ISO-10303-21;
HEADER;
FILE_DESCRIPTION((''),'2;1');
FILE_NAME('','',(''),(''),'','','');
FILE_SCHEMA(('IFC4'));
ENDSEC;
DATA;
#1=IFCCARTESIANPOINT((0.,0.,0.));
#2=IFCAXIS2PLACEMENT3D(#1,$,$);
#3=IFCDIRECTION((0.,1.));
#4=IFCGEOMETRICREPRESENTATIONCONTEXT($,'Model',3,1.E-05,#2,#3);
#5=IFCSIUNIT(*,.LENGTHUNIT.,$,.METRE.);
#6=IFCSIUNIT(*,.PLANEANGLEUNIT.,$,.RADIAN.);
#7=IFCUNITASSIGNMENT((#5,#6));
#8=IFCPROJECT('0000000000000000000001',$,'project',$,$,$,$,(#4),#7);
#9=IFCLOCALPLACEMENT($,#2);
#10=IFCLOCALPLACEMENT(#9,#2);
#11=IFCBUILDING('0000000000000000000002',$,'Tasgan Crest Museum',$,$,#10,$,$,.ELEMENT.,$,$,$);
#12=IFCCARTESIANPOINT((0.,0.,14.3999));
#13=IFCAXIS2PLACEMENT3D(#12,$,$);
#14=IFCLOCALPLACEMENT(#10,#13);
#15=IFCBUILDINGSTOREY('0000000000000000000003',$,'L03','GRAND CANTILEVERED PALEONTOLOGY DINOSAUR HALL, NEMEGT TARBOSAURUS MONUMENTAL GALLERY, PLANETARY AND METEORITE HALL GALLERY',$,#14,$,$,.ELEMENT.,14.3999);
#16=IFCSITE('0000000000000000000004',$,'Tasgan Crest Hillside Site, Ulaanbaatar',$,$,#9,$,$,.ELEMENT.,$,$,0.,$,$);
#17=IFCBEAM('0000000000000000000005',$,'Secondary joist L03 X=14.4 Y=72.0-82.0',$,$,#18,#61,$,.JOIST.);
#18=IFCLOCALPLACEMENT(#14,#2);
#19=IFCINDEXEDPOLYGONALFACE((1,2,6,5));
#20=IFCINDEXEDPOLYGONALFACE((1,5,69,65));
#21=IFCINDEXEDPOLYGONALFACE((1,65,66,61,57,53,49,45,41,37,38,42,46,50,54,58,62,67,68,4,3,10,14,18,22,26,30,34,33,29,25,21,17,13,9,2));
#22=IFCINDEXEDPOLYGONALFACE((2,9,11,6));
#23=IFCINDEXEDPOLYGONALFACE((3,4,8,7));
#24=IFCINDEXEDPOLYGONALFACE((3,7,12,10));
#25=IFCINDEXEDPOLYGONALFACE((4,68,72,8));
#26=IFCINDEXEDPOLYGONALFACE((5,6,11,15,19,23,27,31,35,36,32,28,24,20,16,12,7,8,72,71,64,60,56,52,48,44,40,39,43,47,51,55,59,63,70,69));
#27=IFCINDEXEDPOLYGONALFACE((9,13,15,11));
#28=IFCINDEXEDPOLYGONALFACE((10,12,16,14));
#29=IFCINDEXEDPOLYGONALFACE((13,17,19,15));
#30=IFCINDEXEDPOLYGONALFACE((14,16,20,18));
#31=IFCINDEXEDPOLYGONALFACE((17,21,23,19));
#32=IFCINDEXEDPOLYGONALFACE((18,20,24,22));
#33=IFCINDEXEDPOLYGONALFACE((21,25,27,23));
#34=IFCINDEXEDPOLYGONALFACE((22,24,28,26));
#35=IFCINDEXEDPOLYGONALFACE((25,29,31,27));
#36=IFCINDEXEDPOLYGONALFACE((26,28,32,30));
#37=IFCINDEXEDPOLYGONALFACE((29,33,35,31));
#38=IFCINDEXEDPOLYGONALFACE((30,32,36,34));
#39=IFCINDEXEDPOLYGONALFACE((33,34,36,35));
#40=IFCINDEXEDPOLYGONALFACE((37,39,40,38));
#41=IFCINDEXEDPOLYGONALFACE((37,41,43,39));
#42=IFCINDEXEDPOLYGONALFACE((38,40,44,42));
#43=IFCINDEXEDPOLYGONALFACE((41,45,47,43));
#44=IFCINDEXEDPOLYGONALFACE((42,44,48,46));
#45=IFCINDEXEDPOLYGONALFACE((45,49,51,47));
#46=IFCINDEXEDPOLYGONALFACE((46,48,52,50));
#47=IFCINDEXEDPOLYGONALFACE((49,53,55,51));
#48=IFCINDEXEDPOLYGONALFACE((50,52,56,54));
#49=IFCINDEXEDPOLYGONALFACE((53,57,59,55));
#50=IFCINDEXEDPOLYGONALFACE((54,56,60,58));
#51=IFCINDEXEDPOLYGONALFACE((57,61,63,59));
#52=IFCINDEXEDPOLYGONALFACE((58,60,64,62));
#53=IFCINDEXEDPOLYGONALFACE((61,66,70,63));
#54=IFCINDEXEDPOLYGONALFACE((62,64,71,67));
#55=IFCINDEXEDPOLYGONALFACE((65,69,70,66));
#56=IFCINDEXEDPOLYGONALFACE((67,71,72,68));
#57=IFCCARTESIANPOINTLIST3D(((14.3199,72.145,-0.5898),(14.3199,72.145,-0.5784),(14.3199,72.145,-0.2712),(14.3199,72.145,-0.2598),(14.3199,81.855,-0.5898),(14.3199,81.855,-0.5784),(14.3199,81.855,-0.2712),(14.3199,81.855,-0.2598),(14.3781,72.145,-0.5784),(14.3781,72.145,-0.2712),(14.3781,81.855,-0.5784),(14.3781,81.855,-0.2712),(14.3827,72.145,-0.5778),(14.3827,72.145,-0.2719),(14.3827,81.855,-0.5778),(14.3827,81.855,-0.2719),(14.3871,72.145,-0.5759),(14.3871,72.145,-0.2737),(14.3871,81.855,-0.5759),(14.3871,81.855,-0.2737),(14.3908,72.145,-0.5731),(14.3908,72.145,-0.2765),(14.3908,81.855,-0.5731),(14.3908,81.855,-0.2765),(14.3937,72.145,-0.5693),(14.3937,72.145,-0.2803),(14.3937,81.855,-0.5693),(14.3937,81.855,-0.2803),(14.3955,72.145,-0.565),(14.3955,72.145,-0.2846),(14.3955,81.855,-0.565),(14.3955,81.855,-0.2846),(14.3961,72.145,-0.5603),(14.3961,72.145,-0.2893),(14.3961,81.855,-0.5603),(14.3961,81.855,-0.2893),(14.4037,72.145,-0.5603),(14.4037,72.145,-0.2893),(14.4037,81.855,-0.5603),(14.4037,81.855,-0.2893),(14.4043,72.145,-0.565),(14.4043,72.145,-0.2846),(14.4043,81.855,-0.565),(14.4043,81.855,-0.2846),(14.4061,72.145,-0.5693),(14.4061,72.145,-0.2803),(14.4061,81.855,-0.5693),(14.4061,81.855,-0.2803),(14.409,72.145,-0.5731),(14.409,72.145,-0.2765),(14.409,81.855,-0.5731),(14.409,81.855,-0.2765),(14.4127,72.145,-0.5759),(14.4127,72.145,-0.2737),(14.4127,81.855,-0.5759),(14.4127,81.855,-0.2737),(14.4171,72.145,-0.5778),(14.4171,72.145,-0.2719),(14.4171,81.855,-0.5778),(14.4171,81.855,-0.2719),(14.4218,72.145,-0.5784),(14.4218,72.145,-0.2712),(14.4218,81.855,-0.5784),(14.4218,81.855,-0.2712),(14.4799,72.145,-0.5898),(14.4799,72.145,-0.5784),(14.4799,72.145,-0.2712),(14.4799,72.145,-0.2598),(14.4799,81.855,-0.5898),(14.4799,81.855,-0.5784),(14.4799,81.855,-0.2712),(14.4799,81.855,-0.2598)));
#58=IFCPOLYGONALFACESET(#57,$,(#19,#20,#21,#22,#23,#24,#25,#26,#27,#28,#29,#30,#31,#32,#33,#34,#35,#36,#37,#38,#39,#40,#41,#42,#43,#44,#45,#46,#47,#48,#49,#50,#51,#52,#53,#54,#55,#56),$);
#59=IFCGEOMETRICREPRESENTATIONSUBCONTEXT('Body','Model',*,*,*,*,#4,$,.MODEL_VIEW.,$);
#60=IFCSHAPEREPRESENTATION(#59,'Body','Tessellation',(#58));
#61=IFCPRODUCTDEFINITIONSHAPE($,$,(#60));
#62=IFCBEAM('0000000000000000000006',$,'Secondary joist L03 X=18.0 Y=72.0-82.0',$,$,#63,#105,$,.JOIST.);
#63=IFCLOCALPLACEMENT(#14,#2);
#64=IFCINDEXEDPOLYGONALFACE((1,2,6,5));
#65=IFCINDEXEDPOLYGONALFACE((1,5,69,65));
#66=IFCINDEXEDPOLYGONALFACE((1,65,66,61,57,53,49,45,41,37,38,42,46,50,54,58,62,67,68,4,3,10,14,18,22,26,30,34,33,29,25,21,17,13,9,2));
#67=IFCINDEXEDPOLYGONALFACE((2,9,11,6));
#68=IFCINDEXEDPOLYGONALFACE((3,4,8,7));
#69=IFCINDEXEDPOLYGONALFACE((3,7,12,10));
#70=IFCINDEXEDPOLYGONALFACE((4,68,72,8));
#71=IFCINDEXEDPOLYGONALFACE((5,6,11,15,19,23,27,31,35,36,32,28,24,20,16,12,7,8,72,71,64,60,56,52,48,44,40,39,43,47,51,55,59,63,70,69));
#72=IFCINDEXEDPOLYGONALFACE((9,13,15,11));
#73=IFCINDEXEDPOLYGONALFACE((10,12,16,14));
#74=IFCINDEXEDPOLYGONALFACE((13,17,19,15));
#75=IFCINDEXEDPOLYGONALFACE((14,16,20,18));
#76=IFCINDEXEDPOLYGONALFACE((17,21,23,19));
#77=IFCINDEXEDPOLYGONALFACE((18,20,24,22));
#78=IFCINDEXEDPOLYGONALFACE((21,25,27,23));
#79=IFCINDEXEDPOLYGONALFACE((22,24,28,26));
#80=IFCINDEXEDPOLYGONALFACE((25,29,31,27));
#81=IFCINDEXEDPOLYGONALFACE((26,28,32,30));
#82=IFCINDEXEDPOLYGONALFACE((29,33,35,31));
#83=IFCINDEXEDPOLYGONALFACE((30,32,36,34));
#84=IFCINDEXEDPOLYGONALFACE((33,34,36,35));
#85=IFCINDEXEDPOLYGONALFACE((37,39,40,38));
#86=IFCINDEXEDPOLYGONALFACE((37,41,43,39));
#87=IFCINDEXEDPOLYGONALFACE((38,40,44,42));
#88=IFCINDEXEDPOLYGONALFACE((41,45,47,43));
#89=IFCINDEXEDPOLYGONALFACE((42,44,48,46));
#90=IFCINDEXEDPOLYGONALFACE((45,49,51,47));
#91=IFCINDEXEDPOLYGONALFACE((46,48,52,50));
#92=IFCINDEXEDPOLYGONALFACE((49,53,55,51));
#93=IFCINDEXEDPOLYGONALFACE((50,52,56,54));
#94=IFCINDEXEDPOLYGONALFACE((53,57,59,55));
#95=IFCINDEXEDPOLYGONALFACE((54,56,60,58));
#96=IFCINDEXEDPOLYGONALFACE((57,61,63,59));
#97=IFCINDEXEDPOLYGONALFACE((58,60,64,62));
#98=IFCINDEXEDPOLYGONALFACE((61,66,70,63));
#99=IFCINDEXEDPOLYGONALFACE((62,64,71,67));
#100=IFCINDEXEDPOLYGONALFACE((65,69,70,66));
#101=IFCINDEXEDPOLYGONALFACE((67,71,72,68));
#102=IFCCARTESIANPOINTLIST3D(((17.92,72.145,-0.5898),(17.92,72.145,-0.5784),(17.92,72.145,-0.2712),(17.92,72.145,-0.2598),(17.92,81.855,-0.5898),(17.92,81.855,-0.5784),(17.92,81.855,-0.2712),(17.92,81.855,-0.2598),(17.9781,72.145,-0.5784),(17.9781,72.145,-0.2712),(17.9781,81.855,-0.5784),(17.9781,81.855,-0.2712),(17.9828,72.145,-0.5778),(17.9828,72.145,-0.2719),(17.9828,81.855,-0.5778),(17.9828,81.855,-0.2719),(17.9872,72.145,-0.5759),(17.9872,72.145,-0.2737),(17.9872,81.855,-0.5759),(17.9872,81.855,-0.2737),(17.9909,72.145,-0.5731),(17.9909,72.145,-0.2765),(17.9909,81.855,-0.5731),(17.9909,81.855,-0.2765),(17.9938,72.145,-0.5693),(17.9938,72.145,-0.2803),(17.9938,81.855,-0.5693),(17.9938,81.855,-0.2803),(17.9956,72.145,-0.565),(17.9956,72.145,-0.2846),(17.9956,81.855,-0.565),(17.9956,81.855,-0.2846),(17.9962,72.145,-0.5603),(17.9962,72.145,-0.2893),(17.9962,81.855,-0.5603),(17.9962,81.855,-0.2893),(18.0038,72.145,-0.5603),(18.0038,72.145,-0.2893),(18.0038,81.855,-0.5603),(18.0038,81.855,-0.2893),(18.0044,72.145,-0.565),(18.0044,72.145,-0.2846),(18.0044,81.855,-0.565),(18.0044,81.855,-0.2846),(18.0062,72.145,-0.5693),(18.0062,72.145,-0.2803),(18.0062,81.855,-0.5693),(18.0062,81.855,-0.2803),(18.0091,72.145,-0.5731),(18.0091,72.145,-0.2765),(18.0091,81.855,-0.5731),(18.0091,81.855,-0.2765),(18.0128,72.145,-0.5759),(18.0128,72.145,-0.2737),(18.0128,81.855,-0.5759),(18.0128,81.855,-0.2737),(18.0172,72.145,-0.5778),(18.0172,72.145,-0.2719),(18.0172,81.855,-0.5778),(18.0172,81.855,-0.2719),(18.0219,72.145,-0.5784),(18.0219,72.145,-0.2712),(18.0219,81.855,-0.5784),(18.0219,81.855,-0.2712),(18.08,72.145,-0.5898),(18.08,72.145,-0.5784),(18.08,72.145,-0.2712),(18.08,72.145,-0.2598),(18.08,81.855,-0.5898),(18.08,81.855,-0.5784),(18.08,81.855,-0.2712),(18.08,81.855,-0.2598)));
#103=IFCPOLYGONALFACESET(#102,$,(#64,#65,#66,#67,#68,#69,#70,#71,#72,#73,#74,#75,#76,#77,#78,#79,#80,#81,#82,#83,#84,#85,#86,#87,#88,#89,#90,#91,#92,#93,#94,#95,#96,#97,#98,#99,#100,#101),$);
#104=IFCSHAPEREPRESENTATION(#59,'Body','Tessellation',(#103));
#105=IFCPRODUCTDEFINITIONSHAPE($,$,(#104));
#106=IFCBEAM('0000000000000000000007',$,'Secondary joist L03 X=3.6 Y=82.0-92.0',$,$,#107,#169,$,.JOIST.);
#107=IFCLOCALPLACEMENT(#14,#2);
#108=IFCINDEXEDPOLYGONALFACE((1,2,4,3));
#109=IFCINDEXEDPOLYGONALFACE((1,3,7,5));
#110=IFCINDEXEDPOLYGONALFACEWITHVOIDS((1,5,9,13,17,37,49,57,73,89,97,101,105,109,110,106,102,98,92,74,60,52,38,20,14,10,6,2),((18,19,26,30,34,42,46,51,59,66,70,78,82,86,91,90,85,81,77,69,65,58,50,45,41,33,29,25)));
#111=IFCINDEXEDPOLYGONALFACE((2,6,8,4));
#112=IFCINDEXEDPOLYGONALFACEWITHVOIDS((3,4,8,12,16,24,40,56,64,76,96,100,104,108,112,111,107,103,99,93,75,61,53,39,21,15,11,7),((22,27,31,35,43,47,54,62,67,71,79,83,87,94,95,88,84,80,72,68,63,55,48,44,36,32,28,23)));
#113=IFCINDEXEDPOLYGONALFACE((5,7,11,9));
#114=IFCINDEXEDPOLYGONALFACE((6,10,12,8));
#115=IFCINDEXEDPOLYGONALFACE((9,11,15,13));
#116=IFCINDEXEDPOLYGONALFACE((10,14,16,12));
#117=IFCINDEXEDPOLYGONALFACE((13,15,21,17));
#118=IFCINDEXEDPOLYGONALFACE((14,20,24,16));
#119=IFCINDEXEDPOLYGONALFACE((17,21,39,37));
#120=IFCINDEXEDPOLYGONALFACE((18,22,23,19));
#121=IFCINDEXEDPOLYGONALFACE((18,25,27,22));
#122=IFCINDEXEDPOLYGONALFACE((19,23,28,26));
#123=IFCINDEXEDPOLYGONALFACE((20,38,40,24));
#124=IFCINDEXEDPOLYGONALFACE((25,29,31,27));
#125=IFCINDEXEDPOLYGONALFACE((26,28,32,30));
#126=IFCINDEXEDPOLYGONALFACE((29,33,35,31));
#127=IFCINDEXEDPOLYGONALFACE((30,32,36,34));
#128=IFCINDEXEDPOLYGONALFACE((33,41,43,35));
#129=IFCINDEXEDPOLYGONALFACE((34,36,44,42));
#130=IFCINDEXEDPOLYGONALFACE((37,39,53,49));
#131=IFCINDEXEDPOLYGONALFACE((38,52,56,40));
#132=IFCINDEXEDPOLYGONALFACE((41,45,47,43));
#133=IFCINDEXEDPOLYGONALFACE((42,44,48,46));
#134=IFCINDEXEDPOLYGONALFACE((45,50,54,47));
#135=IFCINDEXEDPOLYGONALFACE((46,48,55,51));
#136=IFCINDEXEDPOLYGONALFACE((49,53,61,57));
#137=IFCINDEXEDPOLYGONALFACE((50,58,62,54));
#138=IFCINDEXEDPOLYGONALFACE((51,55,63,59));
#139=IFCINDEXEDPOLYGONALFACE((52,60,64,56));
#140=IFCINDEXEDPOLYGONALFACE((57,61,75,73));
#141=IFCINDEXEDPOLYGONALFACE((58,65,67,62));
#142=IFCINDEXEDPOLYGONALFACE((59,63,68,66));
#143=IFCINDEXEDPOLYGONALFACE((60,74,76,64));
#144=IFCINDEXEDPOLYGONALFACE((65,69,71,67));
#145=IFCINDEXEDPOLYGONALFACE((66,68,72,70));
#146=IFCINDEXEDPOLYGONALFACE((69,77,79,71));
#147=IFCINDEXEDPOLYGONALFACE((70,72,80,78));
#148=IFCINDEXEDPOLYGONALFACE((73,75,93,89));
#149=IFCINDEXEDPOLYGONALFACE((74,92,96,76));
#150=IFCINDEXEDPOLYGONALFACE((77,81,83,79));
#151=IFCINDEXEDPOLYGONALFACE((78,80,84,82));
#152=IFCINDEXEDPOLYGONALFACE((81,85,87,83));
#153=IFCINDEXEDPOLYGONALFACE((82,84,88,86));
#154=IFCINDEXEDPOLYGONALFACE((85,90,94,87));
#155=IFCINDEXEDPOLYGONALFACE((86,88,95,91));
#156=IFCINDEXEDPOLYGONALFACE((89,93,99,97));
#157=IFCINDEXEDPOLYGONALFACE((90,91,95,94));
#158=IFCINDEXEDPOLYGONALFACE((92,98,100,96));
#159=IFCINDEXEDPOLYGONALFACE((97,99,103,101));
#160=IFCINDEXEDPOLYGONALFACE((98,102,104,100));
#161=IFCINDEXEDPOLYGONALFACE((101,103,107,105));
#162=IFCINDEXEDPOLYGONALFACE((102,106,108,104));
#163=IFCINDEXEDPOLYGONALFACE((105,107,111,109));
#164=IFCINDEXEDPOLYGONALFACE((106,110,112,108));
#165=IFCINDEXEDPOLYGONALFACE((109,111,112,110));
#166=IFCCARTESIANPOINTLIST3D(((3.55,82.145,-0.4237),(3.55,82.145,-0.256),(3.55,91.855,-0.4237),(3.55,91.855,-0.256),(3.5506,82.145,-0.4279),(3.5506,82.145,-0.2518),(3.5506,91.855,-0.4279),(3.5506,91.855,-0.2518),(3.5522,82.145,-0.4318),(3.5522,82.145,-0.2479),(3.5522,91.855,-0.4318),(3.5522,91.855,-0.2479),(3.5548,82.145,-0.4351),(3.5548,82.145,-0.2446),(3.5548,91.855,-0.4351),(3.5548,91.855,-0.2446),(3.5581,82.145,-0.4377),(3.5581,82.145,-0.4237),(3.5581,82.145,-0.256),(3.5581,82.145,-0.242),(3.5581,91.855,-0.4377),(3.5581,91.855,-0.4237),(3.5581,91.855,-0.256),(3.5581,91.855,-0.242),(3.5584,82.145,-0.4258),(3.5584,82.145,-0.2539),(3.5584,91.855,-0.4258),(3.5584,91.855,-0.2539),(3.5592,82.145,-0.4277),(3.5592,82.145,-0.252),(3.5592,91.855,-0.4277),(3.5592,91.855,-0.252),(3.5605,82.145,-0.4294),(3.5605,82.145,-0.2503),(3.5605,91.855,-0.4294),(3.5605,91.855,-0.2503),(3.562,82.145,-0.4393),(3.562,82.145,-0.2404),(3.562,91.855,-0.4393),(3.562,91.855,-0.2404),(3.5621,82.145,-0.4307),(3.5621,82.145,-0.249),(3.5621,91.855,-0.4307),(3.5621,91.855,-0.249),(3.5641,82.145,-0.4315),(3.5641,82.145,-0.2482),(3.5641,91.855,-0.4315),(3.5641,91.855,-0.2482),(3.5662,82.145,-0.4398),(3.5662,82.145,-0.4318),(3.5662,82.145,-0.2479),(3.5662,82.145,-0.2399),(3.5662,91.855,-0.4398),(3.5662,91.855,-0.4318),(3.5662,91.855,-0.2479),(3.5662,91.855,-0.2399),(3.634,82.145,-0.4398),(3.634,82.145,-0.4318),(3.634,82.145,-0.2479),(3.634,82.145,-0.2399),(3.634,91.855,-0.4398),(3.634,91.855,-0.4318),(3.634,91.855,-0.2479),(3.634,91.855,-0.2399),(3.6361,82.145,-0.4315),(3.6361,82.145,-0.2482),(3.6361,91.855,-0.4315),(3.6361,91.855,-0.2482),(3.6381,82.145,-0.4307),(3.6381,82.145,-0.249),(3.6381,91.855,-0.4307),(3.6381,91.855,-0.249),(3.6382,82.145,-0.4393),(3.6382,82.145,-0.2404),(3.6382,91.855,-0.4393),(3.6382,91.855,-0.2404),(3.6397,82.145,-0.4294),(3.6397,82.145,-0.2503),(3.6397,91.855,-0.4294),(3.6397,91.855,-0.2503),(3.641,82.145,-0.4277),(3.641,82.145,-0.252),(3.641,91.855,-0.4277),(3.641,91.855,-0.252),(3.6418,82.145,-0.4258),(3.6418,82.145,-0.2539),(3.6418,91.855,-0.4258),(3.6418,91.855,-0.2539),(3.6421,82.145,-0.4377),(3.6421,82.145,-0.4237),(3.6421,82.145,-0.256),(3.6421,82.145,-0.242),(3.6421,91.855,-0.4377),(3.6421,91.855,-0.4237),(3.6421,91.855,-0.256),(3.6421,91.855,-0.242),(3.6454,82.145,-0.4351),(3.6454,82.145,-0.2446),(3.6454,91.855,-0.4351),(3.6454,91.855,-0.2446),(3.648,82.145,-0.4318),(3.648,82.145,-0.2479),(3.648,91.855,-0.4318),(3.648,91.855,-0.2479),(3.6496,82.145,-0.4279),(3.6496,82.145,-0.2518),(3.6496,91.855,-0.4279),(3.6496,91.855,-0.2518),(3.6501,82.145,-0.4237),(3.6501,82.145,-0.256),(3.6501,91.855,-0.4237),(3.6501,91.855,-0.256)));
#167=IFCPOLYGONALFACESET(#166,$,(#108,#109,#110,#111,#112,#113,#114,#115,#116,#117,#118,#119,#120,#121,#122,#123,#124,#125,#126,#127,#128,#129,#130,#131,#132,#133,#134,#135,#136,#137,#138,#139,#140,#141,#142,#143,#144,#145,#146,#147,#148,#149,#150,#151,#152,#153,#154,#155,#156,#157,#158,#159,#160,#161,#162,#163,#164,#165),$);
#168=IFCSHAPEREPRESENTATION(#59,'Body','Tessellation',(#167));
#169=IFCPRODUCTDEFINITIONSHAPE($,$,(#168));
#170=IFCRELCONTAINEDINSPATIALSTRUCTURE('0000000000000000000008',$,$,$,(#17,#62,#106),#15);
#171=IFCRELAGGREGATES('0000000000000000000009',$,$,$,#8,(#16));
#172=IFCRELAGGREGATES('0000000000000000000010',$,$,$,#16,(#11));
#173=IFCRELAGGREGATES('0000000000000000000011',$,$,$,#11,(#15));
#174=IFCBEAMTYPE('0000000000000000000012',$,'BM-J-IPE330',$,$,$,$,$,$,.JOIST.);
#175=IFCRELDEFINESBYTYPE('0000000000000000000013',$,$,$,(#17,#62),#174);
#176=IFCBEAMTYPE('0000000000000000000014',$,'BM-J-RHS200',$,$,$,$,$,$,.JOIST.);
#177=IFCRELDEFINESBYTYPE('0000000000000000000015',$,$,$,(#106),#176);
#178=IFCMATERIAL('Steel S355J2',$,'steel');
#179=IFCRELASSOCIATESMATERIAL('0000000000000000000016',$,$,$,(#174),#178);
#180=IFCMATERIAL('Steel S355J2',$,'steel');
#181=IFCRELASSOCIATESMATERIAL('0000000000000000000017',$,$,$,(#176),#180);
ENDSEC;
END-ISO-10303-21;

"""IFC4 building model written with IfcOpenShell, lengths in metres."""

from ifc_helpers import new_model, si_unit, direction, frame, origin, origin_2d, place, context, subcontext, project, spatial, hollow_rectangle, i_section, extrude, material, material_profile, profile_set, type_object, element, save


model = new_model("IFC4")

# Units and contexts
model_context = context("Model", 3, precision=1e-05, world=origin(), true_north=direction((0.0, 1.0)))
body_context = subcontext(model_context, "Body", "Model", "MODEL_VIEW")
ifc_project = project(units=[si_unit("LENGTHUNIT", "METRE"), si_unit("PLANEANGLEUNIT", "RADIAN")], contexts=[model_context])

# Site, building, storey
site_placement = place(None, origin())
site = spatial("IfcSite", under=ifc_project, at=site_placement, Name="Tasgan Crest Hillside Site, Ulaanbaatar", CompositionType="ELEMENT", RefElevation=0.0)
building_placement = place(site_placement, origin())
building = spatial("IfcBuilding", under=site, at=building_placement, Name="Tasgan Crest Museum", CompositionType="ELEMENT")
storey_placement = place(building_placement, frame((0.0, 0.0, 14.3999)))
storey = spatial("IfcBuildingStorey", under=building, at=storey_placement, Name="L03", Description="GRAND CANTILEVERED PALEONTOLOGY DINOSAUR HALL, NEMEGT TARBOSAURUS MONUMENTAL GALLERY, PLANETARY AND METEORITE HALL GALLERY", CompositionType="ELEMENT", Elevation=14.3999)

# Beams
ifc_material_1 = material(Name="Steel S355J2", Category="steel")
ifc_material_profile_1 = material_profile(ifc_material_1, i_section(OverallWidth=0.1599, OverallDepth=0.3301, WebThickness=0.0076, FlangeThickness=0.0115, FilletRadius=0.0181, at=origin_2d()), Name="IPE 330")
ifc_profile_set_1 = profile_set([ifc_material_profile_1], Name="Steel S355J2")
beam_type_1 = type_object("IfcBeamType", Name="BM-J-IPE330", PredefinedType="JOIST", material=ifc_profile_set_1)
for number, where, z_axis, x_axis, name in (
    (1, (14.3999, 72.145, -0.4248), (0.0, 1.0, 0.0), (-1.0, 0.0, 0.0), "Secondary joist L03 X=14.4 Y=72.0-82.0"),
    (2, (18.0, 72.145, -0.4248), (0.0, 1.0, 0.0), (-1.0, 0.0, 0.0), "Secondary joist L03 X=18.0 Y=72.0-82.0"),
):
    element("IfcBeam", number, at=place(storey_placement, frame(where, z_axis=z_axis, x_axis=x_axis)), inside=storey, type_object=beam_type_1, Name=name, PredefinedType="JOIST", context=body_context, shape_type="SweptSolid", body=[
        extrude(i_section(OverallWidth=0.1599, OverallDepth=0.3301, WebThickness=0.0076, FlangeThickness=0.0115, FilletRadius=0.0181, at=origin_2d()), origin(), (0.0, 0.0, 1.0), 9.71),
    ])
ifc_material_2 = material(Name="Steel S355J2", Category="steel")
ifc_material_profile_2 = material_profile(ifc_material_2, hollow_rectangle(XDim=0.1001, YDim=0.2, WallThickness=0.0081, InnerFilletRadius=0.0081, OuterFilletRadius=0.0161, at=origin_2d()), Name="RHS 200x100x8")
ifc_profile_set_2 = profile_set([ifc_material_profile_2], Name="Steel S355J2")
beam_type_2 = type_object("IfcBeamType", Name="BM-J-RHS200", PredefinedType="JOIST", material=ifc_profile_set_2)
for number, where, z_axis, x_axis, name in (
    (3, (3.6001, 82.145, -0.3398), (0.0, 1.0, 0.0), (-1.0, 0.0, 0.0), "Secondary joist L03 X=3.6 Y=82.0-92.0"),
):
    element("IfcBeam", number, at=place(storey_placement, frame(where, z_axis=z_axis, x_axis=x_axis)), inside=storey, type_object=beam_type_2, Name=name, PredefinedType="JOIST", context=body_context, shape_type="SweptSolid", body=[
        extrude(hollow_rectangle(XDim=0.1001, YDim=0.2, WallThickness=0.0081, InnerFilletRadius=0.0081, OuterFilletRadius=0.0161, at=origin_2d()), origin(), (0.0, 0.0, 1.0), 9.71),
    ])

save(model, "model.ifc")
